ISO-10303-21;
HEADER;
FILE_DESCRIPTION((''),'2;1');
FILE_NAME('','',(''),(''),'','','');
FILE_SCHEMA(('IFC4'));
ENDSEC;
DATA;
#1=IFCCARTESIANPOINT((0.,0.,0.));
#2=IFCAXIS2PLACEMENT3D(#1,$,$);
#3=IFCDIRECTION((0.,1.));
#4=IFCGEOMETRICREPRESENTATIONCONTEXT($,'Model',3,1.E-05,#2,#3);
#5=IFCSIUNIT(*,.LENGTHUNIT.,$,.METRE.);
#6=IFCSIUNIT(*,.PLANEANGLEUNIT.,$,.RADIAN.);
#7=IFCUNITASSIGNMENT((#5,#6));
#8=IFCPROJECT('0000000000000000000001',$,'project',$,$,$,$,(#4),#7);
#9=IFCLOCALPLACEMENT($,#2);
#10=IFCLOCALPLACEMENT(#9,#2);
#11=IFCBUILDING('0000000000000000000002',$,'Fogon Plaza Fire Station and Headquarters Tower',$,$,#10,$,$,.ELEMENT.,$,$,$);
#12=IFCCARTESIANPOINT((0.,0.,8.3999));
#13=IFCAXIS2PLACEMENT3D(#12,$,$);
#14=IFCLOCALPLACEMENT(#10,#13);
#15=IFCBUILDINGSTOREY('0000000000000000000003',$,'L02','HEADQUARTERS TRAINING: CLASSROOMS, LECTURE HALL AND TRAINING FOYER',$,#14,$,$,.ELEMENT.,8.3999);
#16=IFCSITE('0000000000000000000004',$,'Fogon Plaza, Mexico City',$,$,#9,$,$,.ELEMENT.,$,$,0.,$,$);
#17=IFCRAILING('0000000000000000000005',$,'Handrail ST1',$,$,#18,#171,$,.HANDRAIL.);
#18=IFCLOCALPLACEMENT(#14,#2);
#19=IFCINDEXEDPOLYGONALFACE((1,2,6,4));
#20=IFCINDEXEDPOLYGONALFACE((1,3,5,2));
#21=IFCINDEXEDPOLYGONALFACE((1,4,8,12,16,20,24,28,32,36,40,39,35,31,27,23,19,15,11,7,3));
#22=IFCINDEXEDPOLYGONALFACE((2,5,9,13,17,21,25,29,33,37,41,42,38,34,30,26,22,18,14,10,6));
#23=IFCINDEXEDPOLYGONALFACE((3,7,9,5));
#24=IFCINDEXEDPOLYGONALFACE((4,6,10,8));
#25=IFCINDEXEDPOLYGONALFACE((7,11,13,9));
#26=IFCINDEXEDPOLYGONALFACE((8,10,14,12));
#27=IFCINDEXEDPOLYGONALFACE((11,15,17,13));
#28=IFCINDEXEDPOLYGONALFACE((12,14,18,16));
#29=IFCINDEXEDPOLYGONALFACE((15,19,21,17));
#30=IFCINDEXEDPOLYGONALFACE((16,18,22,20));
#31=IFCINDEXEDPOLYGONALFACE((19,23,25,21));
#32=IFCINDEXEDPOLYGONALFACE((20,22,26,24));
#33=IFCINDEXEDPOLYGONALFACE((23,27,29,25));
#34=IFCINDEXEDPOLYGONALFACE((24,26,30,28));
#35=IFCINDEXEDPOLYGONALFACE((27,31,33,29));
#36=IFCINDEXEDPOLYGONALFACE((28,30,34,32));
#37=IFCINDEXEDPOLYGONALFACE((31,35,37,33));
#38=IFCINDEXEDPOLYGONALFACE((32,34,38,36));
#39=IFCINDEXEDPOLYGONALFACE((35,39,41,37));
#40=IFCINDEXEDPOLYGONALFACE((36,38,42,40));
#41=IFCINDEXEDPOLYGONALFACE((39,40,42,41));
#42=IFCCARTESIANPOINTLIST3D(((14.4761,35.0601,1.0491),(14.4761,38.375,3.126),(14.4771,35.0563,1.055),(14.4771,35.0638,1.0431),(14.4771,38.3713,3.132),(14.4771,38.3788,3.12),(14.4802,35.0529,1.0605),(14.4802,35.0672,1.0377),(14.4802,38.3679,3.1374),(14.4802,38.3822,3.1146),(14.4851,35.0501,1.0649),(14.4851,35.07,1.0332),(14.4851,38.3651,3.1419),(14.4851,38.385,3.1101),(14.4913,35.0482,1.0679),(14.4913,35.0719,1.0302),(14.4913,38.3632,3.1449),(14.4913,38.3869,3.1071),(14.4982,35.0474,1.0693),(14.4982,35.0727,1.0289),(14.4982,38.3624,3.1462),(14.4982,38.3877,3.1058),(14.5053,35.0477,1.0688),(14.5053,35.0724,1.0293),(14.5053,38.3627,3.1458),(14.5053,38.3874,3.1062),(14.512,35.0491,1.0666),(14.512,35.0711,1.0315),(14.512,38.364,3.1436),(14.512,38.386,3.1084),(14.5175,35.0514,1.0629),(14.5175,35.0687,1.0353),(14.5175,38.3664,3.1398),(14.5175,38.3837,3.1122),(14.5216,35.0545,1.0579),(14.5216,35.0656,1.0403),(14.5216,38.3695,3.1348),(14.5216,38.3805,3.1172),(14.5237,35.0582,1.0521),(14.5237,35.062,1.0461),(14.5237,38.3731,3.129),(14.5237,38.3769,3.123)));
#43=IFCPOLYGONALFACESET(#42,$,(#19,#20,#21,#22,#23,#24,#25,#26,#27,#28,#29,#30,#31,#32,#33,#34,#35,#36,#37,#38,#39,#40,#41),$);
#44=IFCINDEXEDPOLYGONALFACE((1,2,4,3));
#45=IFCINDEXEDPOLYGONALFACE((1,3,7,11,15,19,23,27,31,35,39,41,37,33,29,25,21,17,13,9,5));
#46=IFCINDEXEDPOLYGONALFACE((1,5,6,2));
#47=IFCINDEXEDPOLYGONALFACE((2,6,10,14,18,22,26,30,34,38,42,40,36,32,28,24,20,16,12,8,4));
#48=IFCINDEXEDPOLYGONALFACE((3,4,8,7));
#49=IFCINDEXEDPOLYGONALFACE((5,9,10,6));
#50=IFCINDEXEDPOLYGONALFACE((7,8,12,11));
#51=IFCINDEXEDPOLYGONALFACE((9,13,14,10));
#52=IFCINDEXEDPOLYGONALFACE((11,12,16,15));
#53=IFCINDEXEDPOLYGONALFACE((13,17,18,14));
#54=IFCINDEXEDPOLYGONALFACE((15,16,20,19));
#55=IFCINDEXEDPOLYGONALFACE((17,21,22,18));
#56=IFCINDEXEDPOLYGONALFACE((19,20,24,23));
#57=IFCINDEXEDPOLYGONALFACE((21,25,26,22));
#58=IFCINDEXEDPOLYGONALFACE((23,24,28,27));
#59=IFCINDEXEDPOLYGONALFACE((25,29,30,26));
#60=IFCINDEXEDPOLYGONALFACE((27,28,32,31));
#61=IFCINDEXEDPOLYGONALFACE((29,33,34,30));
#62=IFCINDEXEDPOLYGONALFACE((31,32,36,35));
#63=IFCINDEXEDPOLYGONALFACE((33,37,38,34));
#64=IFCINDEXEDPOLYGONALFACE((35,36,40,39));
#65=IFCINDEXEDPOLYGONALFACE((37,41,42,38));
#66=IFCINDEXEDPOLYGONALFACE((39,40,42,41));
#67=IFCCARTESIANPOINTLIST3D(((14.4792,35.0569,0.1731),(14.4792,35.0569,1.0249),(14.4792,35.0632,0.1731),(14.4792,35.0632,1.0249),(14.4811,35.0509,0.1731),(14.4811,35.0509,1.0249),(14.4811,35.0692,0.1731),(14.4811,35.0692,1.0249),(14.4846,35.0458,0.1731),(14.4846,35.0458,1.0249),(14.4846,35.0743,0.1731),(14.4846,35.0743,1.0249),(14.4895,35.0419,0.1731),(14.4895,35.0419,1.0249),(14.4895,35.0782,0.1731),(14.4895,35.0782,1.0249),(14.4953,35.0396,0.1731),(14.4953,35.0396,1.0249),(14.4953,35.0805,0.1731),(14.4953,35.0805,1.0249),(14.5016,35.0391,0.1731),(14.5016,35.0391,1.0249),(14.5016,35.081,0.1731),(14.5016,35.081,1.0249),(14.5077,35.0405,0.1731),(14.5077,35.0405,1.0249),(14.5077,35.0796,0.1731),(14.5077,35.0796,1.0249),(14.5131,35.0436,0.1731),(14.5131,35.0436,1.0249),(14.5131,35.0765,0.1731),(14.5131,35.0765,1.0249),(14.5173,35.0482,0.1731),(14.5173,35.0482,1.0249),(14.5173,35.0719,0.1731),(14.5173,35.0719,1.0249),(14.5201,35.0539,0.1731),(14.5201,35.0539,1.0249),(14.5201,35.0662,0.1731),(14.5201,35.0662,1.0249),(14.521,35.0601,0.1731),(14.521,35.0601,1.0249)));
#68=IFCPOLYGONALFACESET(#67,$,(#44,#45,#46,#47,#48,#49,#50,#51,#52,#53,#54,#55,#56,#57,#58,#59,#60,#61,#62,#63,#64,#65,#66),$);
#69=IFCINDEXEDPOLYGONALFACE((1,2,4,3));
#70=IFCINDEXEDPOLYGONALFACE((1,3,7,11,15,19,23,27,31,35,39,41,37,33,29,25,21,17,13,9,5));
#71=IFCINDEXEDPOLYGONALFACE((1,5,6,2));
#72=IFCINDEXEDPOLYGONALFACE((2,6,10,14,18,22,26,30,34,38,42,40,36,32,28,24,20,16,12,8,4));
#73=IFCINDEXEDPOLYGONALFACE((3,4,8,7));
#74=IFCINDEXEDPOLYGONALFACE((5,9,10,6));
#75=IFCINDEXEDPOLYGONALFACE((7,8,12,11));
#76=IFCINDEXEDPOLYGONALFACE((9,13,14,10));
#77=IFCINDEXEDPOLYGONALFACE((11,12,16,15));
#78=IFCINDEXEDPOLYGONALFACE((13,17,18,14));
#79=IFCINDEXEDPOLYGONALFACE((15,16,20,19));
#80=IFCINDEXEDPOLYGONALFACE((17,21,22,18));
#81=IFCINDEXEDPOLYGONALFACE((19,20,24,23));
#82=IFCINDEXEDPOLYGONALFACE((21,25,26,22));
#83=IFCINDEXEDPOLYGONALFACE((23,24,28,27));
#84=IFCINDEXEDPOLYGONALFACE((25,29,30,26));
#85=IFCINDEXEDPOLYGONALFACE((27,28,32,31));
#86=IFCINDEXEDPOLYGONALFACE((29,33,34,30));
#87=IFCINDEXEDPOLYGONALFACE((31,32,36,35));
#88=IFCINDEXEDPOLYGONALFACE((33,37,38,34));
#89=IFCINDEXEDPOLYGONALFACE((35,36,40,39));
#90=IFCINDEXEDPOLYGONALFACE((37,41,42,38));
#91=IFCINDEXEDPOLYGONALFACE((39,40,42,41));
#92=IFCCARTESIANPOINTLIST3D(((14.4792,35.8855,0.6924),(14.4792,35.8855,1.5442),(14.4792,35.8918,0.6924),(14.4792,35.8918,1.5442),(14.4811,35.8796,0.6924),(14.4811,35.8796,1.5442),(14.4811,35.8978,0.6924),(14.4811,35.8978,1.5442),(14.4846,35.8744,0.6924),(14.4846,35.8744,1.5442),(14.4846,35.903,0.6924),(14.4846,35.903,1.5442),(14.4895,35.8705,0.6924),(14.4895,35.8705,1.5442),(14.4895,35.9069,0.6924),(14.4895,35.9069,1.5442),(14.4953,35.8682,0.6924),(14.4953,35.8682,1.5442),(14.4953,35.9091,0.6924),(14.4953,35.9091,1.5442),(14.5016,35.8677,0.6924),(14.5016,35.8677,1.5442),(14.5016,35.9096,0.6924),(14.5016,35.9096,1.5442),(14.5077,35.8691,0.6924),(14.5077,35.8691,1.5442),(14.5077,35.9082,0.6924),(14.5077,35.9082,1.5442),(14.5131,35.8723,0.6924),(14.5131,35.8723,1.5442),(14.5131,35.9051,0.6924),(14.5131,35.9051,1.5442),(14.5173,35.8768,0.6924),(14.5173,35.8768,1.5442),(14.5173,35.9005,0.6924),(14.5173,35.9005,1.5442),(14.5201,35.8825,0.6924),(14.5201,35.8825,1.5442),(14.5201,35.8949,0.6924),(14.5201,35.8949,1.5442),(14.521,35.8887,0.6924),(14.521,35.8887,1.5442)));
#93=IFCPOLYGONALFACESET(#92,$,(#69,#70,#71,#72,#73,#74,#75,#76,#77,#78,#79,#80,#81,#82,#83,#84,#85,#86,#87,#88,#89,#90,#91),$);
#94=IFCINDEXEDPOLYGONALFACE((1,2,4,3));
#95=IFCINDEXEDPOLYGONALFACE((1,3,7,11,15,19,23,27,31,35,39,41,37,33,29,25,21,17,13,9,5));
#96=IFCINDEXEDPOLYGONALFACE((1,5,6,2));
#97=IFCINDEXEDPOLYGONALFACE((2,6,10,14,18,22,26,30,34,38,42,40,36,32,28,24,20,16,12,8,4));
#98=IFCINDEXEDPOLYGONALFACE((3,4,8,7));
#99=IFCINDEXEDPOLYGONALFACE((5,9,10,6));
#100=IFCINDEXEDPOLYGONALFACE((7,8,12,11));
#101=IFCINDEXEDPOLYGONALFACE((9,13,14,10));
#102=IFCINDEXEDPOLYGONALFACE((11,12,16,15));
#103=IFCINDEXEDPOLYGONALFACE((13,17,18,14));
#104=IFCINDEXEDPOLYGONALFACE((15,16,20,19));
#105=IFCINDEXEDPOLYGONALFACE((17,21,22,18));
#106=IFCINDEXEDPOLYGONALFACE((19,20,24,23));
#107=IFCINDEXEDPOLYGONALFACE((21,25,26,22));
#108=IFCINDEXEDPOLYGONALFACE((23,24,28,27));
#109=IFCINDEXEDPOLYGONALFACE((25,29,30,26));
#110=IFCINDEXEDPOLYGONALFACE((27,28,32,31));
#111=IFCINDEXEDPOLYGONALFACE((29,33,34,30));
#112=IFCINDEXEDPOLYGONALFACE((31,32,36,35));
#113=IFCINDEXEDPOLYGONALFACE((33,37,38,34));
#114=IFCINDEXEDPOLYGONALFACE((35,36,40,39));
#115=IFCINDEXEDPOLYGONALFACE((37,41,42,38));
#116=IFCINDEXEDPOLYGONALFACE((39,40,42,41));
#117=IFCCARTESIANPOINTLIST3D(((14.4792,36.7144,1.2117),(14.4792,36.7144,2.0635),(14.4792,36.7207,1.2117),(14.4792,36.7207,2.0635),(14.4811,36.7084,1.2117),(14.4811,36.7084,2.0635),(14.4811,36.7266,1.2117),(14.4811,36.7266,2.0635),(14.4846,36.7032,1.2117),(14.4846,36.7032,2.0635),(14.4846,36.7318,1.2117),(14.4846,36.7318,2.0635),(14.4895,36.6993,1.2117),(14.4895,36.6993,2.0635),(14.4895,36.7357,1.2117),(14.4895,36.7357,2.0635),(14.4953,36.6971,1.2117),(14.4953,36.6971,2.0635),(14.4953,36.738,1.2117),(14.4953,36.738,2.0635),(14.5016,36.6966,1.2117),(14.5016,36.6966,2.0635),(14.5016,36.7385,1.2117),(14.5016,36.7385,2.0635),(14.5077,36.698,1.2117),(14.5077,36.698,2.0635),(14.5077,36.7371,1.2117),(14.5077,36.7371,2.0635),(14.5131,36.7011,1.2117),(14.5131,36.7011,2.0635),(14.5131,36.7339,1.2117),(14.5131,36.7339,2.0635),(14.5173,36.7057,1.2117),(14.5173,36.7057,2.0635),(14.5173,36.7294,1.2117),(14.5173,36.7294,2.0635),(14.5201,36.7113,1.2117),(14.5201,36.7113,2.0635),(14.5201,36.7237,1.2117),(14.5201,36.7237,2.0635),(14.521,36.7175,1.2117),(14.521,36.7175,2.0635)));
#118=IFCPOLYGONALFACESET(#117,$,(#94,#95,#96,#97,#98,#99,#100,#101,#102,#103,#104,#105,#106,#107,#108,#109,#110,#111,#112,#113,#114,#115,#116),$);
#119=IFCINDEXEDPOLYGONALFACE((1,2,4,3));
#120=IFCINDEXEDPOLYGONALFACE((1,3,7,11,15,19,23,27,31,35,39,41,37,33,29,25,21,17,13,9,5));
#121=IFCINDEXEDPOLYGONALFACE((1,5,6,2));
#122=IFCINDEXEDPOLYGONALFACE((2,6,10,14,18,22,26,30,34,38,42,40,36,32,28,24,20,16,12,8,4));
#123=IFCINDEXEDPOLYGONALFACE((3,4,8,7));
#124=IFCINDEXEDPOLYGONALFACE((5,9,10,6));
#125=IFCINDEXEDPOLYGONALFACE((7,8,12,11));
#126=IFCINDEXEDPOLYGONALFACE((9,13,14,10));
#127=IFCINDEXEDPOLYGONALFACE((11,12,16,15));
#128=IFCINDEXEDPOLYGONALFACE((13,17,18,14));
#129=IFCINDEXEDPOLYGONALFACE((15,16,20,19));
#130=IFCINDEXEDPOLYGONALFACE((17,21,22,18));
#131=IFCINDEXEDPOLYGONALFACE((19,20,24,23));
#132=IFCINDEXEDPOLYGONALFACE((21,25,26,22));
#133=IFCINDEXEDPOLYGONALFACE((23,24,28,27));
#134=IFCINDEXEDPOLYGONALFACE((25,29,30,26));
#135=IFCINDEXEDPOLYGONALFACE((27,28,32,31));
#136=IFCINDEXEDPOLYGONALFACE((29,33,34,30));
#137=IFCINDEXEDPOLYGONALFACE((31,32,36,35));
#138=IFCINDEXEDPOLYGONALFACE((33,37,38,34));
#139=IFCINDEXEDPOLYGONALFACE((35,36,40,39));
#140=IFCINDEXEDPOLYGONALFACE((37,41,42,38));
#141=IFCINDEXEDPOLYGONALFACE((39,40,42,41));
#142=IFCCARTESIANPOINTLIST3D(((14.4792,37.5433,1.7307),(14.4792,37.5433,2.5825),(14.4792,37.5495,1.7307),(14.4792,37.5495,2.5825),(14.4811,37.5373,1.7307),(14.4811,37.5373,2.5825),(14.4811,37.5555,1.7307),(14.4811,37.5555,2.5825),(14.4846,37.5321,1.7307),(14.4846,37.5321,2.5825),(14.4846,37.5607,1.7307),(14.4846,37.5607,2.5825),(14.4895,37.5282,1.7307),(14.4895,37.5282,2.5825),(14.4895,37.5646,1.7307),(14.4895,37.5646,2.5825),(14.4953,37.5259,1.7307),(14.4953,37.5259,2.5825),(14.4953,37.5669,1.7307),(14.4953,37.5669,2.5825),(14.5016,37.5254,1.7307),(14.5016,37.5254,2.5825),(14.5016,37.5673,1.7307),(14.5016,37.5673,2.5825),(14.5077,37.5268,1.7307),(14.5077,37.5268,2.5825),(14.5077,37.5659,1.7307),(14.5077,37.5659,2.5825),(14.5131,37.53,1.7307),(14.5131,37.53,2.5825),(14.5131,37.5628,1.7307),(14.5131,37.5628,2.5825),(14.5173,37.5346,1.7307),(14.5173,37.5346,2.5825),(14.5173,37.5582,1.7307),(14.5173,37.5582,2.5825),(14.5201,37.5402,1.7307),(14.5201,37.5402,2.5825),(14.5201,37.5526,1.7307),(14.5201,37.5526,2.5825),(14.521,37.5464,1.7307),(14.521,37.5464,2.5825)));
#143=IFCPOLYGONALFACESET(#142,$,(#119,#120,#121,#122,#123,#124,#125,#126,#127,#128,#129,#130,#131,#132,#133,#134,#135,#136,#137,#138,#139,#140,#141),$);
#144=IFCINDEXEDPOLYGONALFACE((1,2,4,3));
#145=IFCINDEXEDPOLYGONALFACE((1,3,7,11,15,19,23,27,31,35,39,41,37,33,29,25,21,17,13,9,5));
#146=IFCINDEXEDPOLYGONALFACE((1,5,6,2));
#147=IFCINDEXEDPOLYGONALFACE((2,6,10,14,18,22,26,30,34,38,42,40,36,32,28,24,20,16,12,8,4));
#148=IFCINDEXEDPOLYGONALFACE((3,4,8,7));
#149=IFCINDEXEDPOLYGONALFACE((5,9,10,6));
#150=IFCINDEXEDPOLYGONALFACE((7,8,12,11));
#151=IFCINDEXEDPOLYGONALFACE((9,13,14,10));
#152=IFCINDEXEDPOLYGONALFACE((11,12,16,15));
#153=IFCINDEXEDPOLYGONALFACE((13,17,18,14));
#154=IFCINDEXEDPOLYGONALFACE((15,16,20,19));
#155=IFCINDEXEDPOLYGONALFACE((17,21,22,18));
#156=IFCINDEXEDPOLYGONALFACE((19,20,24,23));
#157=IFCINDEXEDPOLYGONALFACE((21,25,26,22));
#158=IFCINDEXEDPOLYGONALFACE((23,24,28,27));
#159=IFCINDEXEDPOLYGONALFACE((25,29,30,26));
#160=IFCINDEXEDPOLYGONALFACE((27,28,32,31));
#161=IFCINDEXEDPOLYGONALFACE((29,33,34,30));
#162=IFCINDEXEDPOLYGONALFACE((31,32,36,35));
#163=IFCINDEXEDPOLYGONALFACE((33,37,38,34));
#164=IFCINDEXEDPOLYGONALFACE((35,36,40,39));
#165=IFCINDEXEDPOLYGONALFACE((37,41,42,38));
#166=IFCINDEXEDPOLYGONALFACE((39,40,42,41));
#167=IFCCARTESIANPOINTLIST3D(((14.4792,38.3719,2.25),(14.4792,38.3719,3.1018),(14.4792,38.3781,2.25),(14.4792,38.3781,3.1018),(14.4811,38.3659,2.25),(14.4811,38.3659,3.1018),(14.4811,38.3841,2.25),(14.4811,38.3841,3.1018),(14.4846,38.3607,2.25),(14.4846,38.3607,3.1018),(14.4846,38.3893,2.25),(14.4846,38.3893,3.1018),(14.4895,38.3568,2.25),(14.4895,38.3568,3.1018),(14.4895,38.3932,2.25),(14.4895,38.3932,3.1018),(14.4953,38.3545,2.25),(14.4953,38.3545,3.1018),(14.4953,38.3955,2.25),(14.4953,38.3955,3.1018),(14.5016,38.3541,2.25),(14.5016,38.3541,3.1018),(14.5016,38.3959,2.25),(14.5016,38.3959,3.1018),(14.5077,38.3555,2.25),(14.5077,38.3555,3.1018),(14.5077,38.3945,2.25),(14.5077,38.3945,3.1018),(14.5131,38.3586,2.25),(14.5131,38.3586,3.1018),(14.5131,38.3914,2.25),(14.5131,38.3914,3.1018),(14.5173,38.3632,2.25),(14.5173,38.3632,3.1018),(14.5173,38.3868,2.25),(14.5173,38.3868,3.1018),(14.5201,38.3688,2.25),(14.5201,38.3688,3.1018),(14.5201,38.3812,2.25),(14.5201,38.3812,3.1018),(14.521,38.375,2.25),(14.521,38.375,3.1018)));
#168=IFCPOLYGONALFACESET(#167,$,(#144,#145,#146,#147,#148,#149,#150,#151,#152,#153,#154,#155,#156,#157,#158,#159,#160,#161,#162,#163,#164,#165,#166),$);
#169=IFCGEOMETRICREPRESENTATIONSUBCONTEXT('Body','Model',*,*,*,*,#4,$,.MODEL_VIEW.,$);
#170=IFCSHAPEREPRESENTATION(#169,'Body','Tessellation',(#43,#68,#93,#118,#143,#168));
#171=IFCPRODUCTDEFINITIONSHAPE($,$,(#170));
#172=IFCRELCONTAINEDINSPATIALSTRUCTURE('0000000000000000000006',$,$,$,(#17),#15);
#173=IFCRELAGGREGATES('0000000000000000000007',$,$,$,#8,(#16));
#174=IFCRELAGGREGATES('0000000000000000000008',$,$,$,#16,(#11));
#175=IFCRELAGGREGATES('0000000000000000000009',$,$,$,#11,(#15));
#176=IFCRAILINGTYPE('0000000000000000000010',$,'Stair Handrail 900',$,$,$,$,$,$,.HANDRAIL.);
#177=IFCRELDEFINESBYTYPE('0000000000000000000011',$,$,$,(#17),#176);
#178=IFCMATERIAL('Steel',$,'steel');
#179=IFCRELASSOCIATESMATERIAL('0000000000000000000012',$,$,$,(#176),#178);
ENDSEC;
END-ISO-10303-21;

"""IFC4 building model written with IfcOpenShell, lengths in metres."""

from ifc_helpers import new_model, si_unit, direction, frame, origin, origin_2d, place, context, subcontext, project, spatial, circle, extrude, material, type_object, element, save


model = new_model("IFC4")

# Units and contexts
model_context = context("Model", 3, precision=1e-05, world=origin(), true_north=direction((0.0, 1.0)))
body_context = subcontext(model_context, "Body", "Model", "MODEL_VIEW")
ifc_project = project(units=[si_unit("LENGTHUNIT", "METRE"), si_unit("PLANEANGLEUNIT", "RADIAN")], contexts=[model_context])

# Site, building, storey
site_placement = place(None, origin())
site = spatial("IfcSite", under=ifc_project, at=site_placement, Name="Fogon Plaza, Mexico City", CompositionType="ELEMENT", RefElevation=0.0)
building_placement = place(site_placement, origin())
building = spatial("IfcBuilding", under=site, at=building_placement, Name="Fogon Plaza Fire Station and Headquarters Tower", CompositionType="ELEMENT")
storey_placement = place(building_placement, frame((0.0, 0.0, 8.3999)))
storey = spatial("IfcBuildingStorey", under=building, at=storey_placement, Name="L02", Description="HEADQUARTERS TRAINING: CLASSROOMS, LECTURE HALL AND TRAINING FOYER", CompositionType="ELEMENT", Elevation=8.3999)

# Railing
ifc_material_1 = material(Name="Steel", Category="steel")
railing_type = type_object("IfcRailingType", Name="Stair Handrail 900", PredefinedType="HANDRAIL", material=ifc_material_1)
for number, where, name in (
    (1, (14.5, 35.0601, 0.1731), "Handrail ST1"),
):
    element("IfcRailing", number, at=place(storey_placement, frame(where)), inside=storey, type_object=railing_type, Name=name, PredefinedType="HANDRAIL", context=body_context, shape_type="SweptSolid", body=[
        extrude(circle(Radius=0.0239, at=origin_2d()), frame((0.0, 0.0, 0.876), z_axis=(0.0, 0.847416, 0.53093), x_axis=(-1.0, 0.0, 0.0)), (0.0, 0.0, 1.0), 3.9119),
        extrude(circle(Radius=0.021, at=origin_2d()), origin(), (0.0, 0.0, 1.0), 0.8518),
        extrude(circle(Radius=0.021, at=origin_2d()), frame((0.0, 0.8286, 0.5193)), (0.0, 0.0, 1.0), 0.8518),
        extrude(circle(Radius=0.021, at=origin_2d()), frame((0.0, 1.6575, 1.0386)), (0.0, 0.0, 1.0), 0.8518),
        extrude(circle(Radius=0.021, at=origin_2d()), frame((0.0, 2.4863, 1.5576)), (0.0, 0.0, 1.0), 0.8518),
        extrude(circle(Radius=0.021, at=origin_2d()), frame((0.0, 3.3149, 2.0769)), (0.0, 0.0, 1.0), 0.8518),
    ])

save(model, "model.ifc")
